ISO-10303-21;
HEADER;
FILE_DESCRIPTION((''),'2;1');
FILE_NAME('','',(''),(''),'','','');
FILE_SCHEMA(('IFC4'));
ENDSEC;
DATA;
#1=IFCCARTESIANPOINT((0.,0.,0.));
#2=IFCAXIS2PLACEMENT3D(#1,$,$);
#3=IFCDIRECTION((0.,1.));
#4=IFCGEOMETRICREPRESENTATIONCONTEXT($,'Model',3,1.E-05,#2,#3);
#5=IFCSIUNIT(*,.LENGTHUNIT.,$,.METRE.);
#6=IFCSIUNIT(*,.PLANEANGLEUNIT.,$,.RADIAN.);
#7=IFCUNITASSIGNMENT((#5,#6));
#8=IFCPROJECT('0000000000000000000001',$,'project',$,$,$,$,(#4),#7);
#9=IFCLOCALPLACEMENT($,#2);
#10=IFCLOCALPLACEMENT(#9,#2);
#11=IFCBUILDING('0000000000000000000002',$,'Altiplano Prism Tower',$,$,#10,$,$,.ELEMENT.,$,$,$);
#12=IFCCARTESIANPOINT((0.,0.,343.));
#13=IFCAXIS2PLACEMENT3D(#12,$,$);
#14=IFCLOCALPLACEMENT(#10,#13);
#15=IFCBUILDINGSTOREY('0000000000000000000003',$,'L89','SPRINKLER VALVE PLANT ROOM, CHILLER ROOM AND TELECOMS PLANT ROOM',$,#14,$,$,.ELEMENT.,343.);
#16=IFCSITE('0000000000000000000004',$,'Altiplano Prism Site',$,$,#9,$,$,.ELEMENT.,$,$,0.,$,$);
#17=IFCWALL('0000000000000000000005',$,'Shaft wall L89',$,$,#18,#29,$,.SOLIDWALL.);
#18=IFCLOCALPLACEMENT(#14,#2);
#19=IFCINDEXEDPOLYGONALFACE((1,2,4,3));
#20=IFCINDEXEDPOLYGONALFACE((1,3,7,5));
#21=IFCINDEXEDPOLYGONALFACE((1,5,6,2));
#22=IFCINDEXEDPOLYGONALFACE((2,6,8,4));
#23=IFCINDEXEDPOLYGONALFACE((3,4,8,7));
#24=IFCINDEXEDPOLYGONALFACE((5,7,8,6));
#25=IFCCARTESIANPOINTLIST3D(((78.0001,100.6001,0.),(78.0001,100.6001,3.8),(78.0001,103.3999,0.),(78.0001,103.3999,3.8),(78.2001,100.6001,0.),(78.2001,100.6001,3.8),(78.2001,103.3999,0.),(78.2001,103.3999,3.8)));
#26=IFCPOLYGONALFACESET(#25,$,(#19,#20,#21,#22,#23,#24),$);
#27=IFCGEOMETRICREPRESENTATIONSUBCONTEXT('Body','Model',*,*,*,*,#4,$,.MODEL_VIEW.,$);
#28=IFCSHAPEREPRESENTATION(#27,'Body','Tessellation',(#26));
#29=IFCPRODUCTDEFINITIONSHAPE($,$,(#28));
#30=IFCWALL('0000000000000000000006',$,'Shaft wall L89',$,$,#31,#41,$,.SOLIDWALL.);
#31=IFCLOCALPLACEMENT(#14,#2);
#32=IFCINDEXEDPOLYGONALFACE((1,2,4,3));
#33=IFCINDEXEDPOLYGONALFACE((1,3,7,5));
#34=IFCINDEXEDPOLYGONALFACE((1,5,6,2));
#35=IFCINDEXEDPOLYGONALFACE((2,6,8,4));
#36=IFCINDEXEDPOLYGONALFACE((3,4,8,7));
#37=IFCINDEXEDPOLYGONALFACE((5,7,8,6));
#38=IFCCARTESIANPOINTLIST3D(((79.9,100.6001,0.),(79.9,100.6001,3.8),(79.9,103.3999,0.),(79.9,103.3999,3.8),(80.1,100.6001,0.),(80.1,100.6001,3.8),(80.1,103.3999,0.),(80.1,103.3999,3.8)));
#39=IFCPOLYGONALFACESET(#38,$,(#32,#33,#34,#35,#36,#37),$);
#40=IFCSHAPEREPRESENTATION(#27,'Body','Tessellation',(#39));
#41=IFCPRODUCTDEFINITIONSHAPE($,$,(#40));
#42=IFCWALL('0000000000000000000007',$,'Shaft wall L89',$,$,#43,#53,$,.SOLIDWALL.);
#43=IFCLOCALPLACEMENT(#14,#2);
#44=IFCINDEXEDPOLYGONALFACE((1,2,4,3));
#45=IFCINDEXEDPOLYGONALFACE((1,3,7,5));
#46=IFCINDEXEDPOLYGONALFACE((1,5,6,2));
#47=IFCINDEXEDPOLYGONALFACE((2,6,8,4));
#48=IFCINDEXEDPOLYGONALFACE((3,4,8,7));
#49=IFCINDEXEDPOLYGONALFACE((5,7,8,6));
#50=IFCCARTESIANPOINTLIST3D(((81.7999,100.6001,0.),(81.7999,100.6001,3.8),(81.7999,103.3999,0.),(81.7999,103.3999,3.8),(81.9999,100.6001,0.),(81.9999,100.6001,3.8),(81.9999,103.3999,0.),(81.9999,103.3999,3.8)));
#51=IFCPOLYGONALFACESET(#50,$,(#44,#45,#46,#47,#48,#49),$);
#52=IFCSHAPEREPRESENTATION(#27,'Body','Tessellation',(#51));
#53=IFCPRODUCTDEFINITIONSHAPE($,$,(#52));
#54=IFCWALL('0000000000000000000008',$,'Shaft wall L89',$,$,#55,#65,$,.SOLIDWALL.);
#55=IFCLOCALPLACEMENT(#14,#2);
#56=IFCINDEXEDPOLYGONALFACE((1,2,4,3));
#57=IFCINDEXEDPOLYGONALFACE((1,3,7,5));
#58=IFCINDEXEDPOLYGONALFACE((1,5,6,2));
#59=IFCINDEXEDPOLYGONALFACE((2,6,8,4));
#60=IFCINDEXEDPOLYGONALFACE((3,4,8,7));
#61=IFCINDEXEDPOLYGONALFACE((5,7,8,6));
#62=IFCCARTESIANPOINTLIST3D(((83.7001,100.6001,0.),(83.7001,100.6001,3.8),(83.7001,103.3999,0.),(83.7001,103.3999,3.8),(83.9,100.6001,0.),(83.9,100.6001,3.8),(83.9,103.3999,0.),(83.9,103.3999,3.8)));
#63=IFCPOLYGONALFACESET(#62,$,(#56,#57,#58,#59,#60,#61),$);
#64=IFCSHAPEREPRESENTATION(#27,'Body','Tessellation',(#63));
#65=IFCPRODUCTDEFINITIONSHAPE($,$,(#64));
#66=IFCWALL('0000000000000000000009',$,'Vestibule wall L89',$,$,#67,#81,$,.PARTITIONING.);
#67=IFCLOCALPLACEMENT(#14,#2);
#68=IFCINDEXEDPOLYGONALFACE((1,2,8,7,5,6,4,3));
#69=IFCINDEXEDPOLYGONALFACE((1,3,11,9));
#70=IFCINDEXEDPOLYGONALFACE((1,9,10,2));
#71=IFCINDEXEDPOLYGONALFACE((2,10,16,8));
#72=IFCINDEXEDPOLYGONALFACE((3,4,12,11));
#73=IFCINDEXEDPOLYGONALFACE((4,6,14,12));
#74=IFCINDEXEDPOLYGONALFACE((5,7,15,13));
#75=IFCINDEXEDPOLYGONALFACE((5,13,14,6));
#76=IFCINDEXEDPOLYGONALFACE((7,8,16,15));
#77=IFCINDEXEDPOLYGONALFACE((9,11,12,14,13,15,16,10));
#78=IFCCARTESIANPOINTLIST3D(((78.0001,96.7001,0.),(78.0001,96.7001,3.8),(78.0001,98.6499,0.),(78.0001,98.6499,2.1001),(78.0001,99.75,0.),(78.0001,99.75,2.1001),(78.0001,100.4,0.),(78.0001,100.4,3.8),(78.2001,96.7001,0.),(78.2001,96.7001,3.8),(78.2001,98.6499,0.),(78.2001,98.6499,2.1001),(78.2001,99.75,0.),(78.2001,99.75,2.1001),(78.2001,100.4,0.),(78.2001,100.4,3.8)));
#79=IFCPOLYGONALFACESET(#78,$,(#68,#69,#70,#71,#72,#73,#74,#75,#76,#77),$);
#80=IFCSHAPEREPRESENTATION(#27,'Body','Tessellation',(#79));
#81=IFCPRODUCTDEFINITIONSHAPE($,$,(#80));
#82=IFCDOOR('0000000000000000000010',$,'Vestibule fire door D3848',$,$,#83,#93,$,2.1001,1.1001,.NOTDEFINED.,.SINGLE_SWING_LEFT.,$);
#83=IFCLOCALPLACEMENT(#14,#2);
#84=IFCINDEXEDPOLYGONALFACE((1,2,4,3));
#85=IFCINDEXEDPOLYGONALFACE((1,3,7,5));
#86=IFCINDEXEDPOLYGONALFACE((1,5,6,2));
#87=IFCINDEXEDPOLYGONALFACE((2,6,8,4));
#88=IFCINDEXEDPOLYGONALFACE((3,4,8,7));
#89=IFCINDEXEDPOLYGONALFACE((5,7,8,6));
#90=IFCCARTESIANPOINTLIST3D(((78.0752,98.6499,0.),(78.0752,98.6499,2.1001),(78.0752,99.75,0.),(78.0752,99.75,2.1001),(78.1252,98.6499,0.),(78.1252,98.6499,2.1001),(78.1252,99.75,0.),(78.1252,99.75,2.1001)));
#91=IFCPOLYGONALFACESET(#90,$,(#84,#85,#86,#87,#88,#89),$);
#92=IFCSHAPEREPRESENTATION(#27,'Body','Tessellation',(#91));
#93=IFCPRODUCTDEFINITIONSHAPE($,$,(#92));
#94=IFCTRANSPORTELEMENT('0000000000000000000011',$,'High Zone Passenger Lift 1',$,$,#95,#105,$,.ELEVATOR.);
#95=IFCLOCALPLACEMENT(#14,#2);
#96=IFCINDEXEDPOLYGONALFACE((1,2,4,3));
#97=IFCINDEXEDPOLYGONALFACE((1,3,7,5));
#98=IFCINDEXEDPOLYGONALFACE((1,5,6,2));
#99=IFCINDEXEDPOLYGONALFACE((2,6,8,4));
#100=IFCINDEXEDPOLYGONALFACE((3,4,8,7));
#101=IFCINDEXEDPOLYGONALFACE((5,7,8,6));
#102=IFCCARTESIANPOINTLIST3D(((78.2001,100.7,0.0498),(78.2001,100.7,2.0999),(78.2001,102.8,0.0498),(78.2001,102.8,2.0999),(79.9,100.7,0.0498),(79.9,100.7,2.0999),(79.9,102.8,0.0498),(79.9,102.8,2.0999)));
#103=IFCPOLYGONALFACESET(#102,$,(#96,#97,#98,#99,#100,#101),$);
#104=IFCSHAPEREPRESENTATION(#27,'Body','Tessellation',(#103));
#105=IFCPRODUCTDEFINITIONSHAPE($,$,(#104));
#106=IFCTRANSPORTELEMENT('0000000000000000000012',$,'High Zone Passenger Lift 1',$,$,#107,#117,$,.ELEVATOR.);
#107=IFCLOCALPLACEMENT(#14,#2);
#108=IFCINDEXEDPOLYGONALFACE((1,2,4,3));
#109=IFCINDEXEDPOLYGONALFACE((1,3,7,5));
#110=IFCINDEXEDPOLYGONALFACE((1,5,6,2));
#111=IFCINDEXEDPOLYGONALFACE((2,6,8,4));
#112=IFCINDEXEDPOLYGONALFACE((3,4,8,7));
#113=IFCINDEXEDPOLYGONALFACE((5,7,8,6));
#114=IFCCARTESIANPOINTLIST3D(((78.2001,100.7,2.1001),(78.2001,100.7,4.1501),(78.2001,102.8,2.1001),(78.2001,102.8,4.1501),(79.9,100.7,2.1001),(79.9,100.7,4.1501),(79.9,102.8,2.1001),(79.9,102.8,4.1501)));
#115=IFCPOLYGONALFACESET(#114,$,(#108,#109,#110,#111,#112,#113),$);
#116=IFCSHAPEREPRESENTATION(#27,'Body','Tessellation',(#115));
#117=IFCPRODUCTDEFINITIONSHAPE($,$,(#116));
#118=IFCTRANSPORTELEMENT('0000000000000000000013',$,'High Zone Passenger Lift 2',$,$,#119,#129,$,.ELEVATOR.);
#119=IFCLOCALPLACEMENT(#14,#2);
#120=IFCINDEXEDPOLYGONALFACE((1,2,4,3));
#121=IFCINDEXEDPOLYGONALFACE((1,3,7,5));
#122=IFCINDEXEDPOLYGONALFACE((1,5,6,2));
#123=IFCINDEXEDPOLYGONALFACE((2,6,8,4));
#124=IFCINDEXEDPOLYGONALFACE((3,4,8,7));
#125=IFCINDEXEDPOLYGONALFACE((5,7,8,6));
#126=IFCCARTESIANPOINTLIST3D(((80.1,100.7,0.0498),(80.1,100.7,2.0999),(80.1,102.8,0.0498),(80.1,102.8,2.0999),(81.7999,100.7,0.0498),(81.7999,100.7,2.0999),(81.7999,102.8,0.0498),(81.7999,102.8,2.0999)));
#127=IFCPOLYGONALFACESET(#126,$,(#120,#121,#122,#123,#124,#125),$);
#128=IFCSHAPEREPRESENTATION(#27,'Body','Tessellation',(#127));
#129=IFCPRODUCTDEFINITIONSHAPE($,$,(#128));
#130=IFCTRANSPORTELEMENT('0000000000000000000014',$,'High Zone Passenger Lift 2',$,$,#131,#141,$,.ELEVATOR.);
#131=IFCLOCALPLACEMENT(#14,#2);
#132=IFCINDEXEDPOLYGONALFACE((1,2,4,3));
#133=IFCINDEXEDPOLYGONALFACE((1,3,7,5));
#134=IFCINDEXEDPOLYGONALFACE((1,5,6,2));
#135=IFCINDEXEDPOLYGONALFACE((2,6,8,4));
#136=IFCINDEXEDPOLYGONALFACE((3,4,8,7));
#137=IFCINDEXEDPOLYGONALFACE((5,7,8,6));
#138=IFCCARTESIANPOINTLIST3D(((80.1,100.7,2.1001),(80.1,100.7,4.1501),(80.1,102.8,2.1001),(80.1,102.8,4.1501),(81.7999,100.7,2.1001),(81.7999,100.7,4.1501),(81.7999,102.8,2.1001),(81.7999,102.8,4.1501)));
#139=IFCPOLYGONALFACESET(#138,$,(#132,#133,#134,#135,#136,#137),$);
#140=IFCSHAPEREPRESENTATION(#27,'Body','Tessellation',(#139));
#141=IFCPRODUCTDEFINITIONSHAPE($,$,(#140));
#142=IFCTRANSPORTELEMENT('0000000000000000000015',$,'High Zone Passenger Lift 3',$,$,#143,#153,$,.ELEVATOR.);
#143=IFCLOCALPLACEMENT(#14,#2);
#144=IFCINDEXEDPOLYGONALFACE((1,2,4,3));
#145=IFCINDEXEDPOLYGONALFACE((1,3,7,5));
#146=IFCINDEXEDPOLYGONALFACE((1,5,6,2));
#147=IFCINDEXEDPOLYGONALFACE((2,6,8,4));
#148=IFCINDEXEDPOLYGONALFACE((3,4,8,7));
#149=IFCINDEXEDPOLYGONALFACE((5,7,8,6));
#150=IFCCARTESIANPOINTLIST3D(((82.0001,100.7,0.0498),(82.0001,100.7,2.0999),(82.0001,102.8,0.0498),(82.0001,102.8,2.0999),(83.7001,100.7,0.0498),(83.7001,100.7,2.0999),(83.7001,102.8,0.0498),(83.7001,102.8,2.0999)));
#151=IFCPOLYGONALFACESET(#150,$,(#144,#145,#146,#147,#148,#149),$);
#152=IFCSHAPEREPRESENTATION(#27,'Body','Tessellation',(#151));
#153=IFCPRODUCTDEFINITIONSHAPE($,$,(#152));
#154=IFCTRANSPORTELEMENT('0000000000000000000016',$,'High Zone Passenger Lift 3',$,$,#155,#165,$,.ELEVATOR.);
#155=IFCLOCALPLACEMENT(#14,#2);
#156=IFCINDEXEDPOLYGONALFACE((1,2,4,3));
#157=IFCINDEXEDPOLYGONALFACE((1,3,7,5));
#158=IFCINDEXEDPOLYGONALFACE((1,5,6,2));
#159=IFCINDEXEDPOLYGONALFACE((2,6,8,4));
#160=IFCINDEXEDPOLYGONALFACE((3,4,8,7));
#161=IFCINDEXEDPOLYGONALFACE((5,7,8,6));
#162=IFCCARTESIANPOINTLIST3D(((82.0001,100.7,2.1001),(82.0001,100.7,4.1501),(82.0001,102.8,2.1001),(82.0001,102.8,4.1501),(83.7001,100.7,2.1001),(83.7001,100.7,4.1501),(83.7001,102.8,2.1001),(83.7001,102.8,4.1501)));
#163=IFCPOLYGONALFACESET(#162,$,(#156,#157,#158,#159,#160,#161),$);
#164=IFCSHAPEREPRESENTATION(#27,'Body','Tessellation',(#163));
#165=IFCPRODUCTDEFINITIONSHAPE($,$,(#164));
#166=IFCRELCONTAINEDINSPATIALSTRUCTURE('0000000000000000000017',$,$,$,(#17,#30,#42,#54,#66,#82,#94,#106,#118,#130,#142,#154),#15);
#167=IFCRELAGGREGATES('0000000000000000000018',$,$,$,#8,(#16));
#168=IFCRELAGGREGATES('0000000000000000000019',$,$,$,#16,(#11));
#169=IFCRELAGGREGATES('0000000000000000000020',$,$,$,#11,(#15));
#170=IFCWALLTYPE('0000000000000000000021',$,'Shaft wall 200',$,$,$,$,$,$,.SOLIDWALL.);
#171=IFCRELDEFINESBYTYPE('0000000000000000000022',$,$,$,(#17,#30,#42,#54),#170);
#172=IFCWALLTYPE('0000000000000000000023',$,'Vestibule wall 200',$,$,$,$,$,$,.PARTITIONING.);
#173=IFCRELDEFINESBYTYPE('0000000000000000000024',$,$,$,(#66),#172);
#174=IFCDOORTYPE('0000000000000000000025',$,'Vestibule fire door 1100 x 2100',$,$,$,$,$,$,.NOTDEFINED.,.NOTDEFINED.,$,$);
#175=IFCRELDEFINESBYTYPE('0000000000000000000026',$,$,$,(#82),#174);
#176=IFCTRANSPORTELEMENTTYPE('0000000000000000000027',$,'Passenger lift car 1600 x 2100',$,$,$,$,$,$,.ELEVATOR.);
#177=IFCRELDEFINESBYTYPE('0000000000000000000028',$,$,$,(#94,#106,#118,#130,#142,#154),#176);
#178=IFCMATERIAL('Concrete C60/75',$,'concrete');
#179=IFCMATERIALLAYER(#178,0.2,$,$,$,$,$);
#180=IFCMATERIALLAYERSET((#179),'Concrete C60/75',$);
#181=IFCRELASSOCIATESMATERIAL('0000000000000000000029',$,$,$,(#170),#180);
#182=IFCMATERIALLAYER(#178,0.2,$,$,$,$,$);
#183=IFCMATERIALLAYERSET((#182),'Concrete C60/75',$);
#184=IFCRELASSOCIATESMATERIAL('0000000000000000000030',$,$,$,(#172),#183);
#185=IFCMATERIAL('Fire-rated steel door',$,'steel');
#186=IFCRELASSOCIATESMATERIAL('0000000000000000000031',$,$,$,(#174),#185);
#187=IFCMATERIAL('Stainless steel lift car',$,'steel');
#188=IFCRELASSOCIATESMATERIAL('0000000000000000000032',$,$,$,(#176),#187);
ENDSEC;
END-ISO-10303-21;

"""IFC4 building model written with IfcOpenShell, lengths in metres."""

from ifc_helpers import new_model, si_unit, direction, frame, frame_2d, origin, origin_2d, place, context, subcontext, project, spatial, rectangle, extrude, material, layer, layer_set, type_object, element, fill, save


model = new_model("IFC4")

# Units and contexts
model_context = context("Model", 3, precision=1e-05, world=origin(), true_north=direction((0.0, 1.0)))
body_context = subcontext(model_context, "Body", "Model", "MODEL_VIEW")
ifc_project = project(units=[si_unit("LENGTHUNIT", "METRE"), si_unit("PLANEANGLEUNIT", "RADIAN")], contexts=[model_context])

# Site, building, storey
site_placement = place(None, origin())
site = spatial("IfcSite", under=ifc_project, at=site_placement, Name="Altiplano Prism Site", CompositionType="ELEMENT", RefElevation=0.0)
building_placement = place(site_placement, origin())
building = spatial("IfcBuilding", under=site, at=building_placement, Name="Altiplano Prism Tower", CompositionType="ELEMENT")
storey_placement = place(building_placement, frame((0.0, 0.0, 343.0)))
storey = spatial("IfcBuildingStorey", under=building, at=storey_placement, Name="L89", Description="SPRINKLER VALVE PLANT ROOM, CHILLER ROOM AND TELECOMS PLANT ROOM", CompositionType="ELEMENT", Elevation=343.0)

# Walls
ifc_material_1 = material(Name="Concrete C60/75", Category="concrete")
ifc_layer_1 = layer(ifc_material_1, 0.2)
ifc_layer_set_1 = layer_set([ifc_layer_1], Name="Concrete C60/75")
wall_type_1 = type_object("IfcWallType", Name="Shaft wall 200", PredefinedType="SOLIDWALL", material=ifc_layer_set_1)
for number, where, z_axis, x_axis, name in (
    (1, (78.1001, 100.6001, 0.0), (0.0, 0.0, 1.0), (0.0, 1.0, 0.0), "Shaft wall L89"),
    (2, (80.0, 100.6001, 0.0), (0.0, 0.0, 1.0), (0.0, 1.0, 0.0), "Shaft wall L89"),
    (3, (81.8999, 100.6001, 0.0), (0.0, 0.0, 1.0), (0.0, 1.0, 0.0), "Shaft wall L89"),
    (4, (83.8, 100.6001, 0.0), (0.0, 0.0, 1.0), (0.0, 1.0, 0.0), "Shaft wall L89"),
):
    element("IfcWall", number, at=place(storey_placement, frame(where, z_axis=z_axis, x_axis=x_axis)), inside=storey, type_object=wall_type_1, Name=name, PredefinedType="SOLIDWALL", context=body_context, shape_type="SweptSolid", body=[
        extrude(rectangle(XDim=2.7998, YDim=0.2, at=frame_2d((1.3999, 0.0))), origin(), (0.0, 0.0, 1.0), 3.8),
    ])

# Wall, opening, door
ifc_layer_2 = layer(ifc_material_1, 0.2)
ifc_layer_set_2 = layer_set([ifc_layer_2], Name="Concrete C60/75")
wall_type_2 = type_object("IfcWallType", Name="Vestibule wall 200", PredefinedType="PARTITIONING", material=ifc_layer_set_2)
wall_placement = place(storey_placement, frame((78.1001, 96.7, 0.0), z_axis=(0.0, 0.0, 1.0), x_axis=(0.0, 1.0, 0.0)))
wall = element("IfcWall", 5, at=wall_placement, inside=storey, type_object=wall_type_2, Name="Vestibule wall L89", PredefinedType="PARTITIONING", context=body_context, shape_type="SweptSolid", body=[
    extrude(rectangle(XDim=3.7, YDim=0.2, at=frame_2d((1.8501, 0.0))), origin(), (0.0, 0.0, 1.0), 3.8),
])
opening_placement = place(wall_placement, frame((1.95, 0.0, 0.0)))
opening = element("IfcOpeningElement", 6, at=opening_placement, cuts=wall, PredefinedType="OPENING", context=body_context, shape_type="SweptSolid", body=[
    extrude(rectangle(XDim=1.1001, YDim=2.1001, at=frame_2d((0.55, 1.05))), frame((0.0, 0.1104, 0.0), z_axis=(0.0, -1.0, 0.0), x_axis=(1.0, 0.0, 0.0)), (0.0, 0.0, 1.0), 0.2209),
])
ifc_material_2 = material(Name="Fire-rated steel door", Category="steel")
door_type = type_object("IfcDoorType", Name="Vestibule fire door 1100 x 2100", OperationType="NOTDEFINED", PredefinedType="NOTDEFINED", material=ifc_material_2)
door_placement = place(opening_placement, origin())
door = element("IfcDoor", 7, at=door_placement, inside=storey, type_object=door_type, Name="Vestibule fire door D3848", OperationType="SINGLE_SWING_LEFT", OverallHeight=2.1001, OverallWidth=1.1001, PredefinedType="NOTDEFINED", context=body_context, shape_type="SweptSolid", body=[
    extrude(rectangle(XDim=1.1001, YDim=2.1001, at=frame_2d((0.55, 1.05))), frame((0.0, 0.0249, 0.0), z_axis=(0.0, -1.0, 0.0), x_axis=(1.0, 0.0, 0.0)), (0.0, 0.0, 1.0), 0.05),
])
fill(opening, door)

# Transport elements
ifc_material_3 = material(Name="Stainless steel lift car", Category="steel")
transport_element_type = type_object("IfcTransportElementType", Name="Passenger lift car 1600 x 2100", PredefinedType="ELEVATOR", material=ifc_material_3)
for number, where, z_axis, x_axis, name in (
    (8, (79.05, 101.75, 0.0498), (0.0, 0.0, 1.0), (1.0, 0.0, 0.0), "High Zone Passenger Lift 1"),
    (9, (79.05, 101.75, 2.1001), (0.0, 0.0, 1.0), (1.0, 0.0, 0.0), "High Zone Passenger Lift 1"),
    (10, (80.95, 101.75, 0.0498), (0.0, 0.0, 1.0), (1.0, 0.0, 0.0), "High Zone Passenger Lift 2"),
    (11, (80.95, 101.75, 2.1001), (0.0, 0.0, 1.0), (1.0, 0.0, 0.0), "High Zone Passenger Lift 2"),
    (12, (82.8501, 101.75, 0.0498), (0.0, 0.0, 1.0), (1.0, 0.0, 0.0), "High Zone Passenger Lift 3"),
    (13, (82.8501, 101.75, 2.1001), (0.0, 0.0, 1.0), (1.0, 0.0, 0.0), "High Zone Passenger Lift 3"),
):
    element("IfcTransportElement", number, at=place(storey_placement, frame(where, z_axis=z_axis, x_axis=x_axis)), inside=storey, type_object=transport_element_type, Name=name, PredefinedType="ELEVATOR", context=body_context, shape_type="SweptSolid", body=[
        extrude(rectangle(XDim=1.7, YDim=2.1001, at=origin_2d()), origin(), (0.0, 0.0, 1.0), 2.05),
    ])

save(model, "model.ifc")
